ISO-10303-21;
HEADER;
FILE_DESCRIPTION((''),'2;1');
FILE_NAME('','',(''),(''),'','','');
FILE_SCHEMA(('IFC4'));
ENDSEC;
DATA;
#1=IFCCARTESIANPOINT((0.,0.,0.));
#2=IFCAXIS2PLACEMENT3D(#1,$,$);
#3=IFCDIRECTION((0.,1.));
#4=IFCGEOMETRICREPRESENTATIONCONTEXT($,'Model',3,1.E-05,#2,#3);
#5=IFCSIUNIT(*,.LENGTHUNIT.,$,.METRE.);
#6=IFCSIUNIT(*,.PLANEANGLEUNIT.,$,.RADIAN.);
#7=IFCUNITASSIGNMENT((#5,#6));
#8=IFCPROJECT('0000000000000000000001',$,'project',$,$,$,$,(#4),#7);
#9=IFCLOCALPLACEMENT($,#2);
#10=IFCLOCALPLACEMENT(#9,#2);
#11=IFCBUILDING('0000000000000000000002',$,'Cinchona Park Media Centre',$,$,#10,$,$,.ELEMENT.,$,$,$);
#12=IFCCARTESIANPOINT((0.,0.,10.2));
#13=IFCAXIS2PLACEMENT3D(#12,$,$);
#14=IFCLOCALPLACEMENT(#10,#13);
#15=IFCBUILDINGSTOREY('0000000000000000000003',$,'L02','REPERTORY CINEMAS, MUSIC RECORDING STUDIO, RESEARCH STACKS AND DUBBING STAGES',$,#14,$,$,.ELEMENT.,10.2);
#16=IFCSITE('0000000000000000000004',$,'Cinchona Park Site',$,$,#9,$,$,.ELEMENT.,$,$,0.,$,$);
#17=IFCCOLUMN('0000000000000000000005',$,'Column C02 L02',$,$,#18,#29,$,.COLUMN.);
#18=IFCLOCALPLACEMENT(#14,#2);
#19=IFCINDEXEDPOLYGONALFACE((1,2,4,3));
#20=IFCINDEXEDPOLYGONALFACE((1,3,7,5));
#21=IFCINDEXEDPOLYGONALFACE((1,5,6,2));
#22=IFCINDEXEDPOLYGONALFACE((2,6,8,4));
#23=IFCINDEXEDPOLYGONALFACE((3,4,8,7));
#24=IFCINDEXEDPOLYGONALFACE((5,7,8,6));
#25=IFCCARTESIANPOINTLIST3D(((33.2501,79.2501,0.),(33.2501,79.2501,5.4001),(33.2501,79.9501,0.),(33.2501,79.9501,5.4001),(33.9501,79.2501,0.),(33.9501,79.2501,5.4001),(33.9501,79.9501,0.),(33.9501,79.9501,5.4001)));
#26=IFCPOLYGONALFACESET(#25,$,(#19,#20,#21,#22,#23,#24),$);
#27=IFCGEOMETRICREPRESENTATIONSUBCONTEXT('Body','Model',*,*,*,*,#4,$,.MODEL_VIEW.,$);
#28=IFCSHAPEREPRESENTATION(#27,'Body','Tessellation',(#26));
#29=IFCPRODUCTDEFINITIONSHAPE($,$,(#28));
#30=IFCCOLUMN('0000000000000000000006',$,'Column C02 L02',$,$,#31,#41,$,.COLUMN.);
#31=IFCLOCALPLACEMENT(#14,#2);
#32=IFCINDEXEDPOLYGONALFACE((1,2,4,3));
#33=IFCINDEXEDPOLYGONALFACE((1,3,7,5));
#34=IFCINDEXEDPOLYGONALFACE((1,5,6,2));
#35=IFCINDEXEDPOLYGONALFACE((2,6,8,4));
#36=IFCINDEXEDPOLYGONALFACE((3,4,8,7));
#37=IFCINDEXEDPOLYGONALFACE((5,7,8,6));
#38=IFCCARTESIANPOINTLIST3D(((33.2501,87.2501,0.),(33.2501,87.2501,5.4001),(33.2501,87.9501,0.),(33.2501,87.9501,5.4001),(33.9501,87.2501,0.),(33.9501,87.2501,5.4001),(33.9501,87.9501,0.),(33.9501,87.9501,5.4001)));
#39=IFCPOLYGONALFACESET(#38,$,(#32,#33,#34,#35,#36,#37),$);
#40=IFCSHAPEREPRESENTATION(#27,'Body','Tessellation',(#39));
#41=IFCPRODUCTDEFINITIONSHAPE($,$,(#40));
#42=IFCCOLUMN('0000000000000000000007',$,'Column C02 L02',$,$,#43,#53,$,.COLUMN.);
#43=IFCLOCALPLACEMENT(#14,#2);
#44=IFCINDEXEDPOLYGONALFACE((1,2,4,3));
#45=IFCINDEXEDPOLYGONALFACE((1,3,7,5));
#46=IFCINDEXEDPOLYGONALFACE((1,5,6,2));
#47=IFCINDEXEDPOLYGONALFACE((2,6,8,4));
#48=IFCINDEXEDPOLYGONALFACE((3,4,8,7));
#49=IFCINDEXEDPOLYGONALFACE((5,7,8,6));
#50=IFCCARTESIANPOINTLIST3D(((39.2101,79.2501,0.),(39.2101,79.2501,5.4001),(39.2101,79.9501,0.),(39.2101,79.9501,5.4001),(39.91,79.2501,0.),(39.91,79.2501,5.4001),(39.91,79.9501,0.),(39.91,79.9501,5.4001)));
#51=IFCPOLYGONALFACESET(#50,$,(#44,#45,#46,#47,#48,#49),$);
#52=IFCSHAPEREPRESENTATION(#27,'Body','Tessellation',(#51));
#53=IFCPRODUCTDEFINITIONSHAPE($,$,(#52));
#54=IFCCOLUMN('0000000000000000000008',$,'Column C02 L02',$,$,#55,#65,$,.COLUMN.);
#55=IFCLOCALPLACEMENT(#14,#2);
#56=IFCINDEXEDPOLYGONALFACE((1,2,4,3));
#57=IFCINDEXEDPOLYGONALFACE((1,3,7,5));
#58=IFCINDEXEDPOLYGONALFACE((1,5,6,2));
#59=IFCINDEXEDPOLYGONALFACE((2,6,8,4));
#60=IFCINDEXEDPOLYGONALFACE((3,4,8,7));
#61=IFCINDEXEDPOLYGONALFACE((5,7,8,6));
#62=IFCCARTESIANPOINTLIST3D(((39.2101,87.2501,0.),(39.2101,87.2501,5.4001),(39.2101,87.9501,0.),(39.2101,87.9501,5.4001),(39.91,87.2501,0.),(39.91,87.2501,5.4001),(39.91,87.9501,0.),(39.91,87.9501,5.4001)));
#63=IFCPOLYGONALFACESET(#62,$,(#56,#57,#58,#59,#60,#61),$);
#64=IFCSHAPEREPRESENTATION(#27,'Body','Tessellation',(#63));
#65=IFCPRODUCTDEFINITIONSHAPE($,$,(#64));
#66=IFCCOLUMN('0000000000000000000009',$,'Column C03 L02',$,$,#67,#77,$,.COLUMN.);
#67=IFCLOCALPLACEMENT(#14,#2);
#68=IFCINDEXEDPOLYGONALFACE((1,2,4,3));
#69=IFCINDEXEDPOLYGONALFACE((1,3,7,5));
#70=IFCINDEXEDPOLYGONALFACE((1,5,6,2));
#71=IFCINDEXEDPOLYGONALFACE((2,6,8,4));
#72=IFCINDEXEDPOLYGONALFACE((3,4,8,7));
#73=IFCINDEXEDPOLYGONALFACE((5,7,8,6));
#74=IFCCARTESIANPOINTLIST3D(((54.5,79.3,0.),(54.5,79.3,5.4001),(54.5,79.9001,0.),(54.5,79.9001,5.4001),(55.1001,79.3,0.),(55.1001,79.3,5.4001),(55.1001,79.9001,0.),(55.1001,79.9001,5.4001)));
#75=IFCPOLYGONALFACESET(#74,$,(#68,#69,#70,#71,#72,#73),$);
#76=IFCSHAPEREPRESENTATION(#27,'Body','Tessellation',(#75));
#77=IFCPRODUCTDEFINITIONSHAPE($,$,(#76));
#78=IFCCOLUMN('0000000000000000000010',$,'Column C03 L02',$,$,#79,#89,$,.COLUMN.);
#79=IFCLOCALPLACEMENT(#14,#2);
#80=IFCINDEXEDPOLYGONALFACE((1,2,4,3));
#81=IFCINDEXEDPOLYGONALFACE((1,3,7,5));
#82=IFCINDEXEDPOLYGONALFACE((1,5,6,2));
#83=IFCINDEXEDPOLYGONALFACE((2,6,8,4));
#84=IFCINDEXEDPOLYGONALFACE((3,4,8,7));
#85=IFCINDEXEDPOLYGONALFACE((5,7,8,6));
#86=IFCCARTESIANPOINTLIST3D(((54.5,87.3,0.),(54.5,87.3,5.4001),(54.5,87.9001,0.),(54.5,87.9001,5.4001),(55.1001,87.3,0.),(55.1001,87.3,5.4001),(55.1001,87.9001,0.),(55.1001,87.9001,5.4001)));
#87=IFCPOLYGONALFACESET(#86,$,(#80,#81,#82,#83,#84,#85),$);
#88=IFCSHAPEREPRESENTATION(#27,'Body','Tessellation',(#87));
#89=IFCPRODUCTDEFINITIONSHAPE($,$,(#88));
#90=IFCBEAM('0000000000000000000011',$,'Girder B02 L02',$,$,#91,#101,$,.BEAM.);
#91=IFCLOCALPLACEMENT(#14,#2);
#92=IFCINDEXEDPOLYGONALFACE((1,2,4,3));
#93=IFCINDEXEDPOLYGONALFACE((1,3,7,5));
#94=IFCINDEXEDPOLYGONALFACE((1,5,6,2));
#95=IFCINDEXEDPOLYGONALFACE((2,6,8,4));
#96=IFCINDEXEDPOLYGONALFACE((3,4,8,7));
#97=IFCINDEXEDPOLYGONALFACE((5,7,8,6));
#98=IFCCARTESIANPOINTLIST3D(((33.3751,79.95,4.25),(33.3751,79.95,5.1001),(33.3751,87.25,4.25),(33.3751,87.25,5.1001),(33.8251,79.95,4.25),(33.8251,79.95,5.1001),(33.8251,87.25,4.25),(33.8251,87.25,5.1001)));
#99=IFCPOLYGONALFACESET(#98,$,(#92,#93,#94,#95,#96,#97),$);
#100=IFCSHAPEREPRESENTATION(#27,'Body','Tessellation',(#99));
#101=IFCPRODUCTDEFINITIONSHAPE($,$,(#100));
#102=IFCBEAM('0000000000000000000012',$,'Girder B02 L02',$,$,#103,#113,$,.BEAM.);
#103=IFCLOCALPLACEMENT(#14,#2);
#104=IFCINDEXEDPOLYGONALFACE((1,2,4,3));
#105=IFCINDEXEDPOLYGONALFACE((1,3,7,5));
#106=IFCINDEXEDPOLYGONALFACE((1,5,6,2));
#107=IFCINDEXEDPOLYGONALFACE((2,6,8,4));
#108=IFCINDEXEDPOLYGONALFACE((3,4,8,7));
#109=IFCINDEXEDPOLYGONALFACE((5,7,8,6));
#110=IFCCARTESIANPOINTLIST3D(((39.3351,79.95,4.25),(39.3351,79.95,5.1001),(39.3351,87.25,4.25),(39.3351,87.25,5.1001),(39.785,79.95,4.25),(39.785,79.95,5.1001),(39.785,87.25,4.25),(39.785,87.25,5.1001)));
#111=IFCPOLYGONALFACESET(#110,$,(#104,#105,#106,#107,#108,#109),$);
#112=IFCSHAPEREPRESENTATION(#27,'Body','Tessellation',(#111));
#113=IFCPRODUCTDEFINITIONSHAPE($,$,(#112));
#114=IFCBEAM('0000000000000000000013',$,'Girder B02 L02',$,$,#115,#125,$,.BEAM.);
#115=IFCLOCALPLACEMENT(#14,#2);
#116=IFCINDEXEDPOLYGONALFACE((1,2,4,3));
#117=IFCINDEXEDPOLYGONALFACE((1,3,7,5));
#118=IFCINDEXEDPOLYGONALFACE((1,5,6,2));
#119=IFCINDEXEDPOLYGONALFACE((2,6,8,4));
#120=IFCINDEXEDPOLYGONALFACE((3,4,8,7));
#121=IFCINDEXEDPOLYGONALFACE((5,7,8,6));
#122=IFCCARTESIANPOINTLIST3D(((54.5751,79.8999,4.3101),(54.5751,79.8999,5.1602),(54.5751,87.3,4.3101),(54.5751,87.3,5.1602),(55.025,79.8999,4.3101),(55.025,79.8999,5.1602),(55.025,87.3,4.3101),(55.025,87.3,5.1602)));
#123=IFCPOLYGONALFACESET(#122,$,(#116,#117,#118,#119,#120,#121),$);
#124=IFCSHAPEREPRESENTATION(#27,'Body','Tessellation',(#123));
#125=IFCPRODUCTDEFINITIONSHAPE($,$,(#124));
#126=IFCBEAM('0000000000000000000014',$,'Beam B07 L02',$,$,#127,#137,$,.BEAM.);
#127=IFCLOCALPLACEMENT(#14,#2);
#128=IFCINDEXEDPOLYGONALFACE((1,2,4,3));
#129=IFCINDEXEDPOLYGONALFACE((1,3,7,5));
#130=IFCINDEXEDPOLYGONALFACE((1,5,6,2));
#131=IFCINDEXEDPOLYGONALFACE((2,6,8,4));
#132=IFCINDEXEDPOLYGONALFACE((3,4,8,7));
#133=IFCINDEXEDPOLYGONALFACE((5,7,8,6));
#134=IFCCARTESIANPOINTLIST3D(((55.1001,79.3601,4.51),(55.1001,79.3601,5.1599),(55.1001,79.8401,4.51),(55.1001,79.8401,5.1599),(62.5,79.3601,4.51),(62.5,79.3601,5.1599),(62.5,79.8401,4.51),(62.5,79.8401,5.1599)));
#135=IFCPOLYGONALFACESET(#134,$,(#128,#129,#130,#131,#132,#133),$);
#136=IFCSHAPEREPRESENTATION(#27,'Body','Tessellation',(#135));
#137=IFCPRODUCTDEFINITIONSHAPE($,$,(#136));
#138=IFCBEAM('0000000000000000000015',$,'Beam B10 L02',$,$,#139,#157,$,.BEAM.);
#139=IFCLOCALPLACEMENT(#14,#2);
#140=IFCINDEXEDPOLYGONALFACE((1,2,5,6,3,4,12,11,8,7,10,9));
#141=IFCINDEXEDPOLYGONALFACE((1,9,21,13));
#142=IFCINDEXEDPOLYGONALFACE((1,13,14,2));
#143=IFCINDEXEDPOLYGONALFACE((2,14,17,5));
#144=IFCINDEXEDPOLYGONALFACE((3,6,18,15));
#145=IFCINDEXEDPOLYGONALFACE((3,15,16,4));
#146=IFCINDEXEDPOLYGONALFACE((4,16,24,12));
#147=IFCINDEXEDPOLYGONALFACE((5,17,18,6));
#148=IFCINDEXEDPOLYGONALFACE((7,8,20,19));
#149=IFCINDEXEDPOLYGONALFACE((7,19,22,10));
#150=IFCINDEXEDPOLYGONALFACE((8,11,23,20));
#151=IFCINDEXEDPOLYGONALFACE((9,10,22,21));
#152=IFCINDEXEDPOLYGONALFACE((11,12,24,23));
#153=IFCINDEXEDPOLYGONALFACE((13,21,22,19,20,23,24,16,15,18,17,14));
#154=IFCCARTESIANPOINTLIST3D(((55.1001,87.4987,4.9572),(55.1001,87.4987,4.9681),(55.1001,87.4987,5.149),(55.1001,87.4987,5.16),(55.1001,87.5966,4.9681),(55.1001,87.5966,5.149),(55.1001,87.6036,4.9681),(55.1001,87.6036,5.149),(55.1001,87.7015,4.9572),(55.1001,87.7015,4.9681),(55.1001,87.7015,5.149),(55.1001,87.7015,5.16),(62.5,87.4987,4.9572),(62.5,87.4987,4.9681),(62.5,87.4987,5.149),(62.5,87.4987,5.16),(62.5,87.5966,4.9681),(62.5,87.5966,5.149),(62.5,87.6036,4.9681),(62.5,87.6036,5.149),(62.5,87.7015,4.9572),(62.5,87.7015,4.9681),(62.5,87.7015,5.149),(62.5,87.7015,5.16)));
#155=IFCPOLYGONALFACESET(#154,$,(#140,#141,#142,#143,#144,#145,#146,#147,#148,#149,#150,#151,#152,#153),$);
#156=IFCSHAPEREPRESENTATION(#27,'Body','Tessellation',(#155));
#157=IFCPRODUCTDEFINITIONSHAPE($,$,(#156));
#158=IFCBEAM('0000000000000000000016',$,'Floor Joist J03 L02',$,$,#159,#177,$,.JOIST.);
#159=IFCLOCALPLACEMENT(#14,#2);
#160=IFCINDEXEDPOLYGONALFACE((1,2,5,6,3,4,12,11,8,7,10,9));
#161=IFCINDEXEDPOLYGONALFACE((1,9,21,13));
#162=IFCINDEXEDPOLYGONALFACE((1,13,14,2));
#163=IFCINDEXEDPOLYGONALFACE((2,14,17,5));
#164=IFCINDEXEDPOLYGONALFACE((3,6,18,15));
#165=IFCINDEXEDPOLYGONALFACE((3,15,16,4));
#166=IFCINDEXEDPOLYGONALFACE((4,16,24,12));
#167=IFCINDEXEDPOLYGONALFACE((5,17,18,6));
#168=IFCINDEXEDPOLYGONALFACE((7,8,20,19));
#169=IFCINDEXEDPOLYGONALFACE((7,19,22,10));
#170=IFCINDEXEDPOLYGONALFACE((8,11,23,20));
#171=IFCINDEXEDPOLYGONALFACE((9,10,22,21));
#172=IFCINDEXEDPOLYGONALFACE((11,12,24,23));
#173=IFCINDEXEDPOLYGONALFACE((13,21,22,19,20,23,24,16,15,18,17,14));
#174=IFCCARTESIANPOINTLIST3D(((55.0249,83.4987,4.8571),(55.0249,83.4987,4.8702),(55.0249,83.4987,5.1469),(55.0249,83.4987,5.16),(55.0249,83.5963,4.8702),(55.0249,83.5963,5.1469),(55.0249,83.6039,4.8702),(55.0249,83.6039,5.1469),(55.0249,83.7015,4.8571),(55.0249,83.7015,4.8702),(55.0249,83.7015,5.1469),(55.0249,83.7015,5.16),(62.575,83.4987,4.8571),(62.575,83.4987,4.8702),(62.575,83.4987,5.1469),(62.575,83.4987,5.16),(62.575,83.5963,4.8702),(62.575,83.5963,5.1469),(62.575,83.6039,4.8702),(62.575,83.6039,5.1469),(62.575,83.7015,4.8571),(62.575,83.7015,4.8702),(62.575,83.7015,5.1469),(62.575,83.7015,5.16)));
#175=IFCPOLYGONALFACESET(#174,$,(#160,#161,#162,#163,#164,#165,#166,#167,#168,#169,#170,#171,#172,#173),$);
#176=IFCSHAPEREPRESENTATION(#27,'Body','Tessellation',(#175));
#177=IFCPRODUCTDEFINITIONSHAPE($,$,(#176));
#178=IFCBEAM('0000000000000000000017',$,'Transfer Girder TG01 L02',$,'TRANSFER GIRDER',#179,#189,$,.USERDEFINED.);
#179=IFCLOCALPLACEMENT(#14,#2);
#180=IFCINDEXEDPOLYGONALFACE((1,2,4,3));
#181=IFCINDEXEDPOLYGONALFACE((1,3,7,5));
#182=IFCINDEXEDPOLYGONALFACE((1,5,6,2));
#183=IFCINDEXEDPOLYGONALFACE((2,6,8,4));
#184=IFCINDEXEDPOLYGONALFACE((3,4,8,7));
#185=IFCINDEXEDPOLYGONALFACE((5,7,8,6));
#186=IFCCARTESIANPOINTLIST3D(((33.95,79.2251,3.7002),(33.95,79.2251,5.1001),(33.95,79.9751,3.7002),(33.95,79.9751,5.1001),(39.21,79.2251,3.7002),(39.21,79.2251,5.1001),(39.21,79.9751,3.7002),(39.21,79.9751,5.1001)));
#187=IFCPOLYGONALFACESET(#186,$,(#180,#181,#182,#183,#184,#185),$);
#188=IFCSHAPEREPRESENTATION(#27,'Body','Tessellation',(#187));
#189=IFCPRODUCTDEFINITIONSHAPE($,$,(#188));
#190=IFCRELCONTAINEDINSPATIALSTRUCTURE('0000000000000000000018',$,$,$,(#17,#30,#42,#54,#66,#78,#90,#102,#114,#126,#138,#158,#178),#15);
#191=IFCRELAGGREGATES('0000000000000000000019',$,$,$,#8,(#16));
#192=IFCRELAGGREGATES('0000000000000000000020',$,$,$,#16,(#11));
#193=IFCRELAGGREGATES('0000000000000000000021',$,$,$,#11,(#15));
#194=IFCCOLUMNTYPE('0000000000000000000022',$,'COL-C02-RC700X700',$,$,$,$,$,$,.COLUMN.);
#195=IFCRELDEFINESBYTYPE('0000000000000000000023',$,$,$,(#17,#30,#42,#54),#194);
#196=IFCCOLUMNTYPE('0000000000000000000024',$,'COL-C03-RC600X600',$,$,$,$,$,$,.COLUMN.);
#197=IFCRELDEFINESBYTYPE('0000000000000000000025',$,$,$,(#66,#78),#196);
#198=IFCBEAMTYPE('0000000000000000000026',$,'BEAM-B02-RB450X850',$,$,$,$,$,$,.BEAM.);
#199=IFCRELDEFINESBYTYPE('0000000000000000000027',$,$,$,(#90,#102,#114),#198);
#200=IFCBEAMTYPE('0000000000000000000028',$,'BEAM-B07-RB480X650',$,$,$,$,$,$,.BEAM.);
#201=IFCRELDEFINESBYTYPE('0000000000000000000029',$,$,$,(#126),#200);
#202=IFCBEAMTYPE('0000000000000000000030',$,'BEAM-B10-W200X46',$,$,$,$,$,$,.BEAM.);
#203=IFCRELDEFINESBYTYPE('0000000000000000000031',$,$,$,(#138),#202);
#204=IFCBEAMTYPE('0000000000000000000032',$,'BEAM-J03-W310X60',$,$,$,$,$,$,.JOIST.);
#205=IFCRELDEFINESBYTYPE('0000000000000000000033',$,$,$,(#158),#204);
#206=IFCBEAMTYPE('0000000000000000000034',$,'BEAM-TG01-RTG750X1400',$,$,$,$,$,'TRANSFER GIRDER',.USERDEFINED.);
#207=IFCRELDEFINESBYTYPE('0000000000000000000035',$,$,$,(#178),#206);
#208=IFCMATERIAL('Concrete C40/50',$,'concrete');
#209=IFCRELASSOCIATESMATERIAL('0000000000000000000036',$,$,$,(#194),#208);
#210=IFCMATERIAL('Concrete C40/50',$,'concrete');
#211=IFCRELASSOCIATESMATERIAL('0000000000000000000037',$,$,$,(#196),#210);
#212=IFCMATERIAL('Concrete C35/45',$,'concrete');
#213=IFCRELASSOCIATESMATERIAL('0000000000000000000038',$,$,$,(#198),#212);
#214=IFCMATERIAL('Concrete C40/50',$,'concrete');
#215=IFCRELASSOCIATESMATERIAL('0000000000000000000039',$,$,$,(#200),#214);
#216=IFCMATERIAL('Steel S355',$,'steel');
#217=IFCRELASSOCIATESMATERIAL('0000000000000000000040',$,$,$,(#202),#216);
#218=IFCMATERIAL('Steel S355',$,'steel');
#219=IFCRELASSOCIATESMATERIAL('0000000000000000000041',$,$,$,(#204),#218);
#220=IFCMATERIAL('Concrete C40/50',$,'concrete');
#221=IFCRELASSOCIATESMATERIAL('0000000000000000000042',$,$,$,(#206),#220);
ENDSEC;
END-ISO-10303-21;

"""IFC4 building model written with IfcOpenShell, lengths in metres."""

from ifc_helpers import new_model, si_unit, direction, frame, origin, origin_2d, place, context, subcontext, project, spatial, rectangle, i_section, extrude, material, material_profile, profile_set, type_object, element, save


model = new_model("IFC4")

# Units and contexts
model_context = context("Model", 3, precision=1e-05, world=origin(), true_north=direction((0.0, 1.0)))
body_context = subcontext(model_context, "Body", "Model", "MODEL_VIEW")
ifc_project = project(units=[si_unit("LENGTHUNIT", "METRE"), si_unit("PLANEANGLEUNIT", "RADIAN")], contexts=[model_context])

# Site, building, storey
site_placement = place(None, origin())
site = spatial("IfcSite", under=ifc_project, at=site_placement, Name="Cinchona Park Site", CompositionType="ELEMENT", RefElevation=0.0)
building_placement = place(site_placement, origin())
building = spatial("IfcBuilding", under=site, at=building_placement, Name="Cinchona Park Media Centre", CompositionType="ELEMENT")
storey_placement = place(building_placement, frame((0.0, 0.0, 10.2)))
storey = spatial("IfcBuildingStorey", under=building, at=storey_placement, Name="L02", Description="REPERTORY CINEMAS, MUSIC RECORDING STUDIO, RESEARCH STACKS AND DUBBING STAGES", CompositionType="ELEMENT", Elevation=10.2)

# Columns
ifc_material_1 = material(Name="Concrete C40/50", Category="concrete")
ifc_material_profile_1 = material_profile(ifc_material_1, rectangle(XDim=0.7, YDim=0.7, at=origin_2d()), Name="RC 700X700")
ifc_profile_set_1 = profile_set([ifc_material_profile_1], Name="Concrete C40/50")
column_type_1 = type_object("IfcColumnType", Name="COL-C02-RC700X700", PredefinedType="COLUMN", material=ifc_profile_set_1)
for number, where, z_axis, x_axis, name in (
    (1, (33.6001, 79.6001, 0.0), (0.0, 0.0, 1.0), (1.0, 0.0, 0.0), "Column C02 L02"),
    (2, (33.6001, 87.6001, 0.0), (0.0, 0.0, 1.0), (1.0, 0.0, 0.0), "Column C02 L02"),
    (3, (39.5601, 79.6001, 0.0), (0.0, 0.0, 1.0), (1.0, 0.0, 0.0), "Column C02 L02"),
    (4, (39.5601, 87.6001, 0.0), (0.0, 0.0, 1.0), (1.0, 0.0, 0.0), "Column C02 L02"),
):
    element("IfcColumn", number, at=place(storey_placement, frame(where, z_axis=z_axis, x_axis=x_axis)), inside=storey, type_object=column_type_1, Name=name, PredefinedType="COLUMN", context=body_context, shape_type="SweptSolid", body=[
        extrude(rectangle(XDim=0.7, YDim=0.7, at=origin_2d()), origin(), (0.0, 0.0, 1.0), 5.4001),
    ])
ifc_material_2 = material(Name="Concrete C40/50", Category="concrete")
ifc_material_profile_2 = material_profile(ifc_material_2, rectangle(XDim=0.6001, YDim=0.6001, at=origin_2d()), Name="RC 600X600")
ifc_profile_set_2 = profile_set([ifc_material_profile_2], Name="Concrete C40/50")
column_type_2 = type_object("IfcColumnType", Name="COL-C03-RC600X600", PredefinedType="COLUMN", material=ifc_profile_set_2)
for number, where, z_axis, x_axis, name in (
    (5, (54.8, 79.6001, 0.0), (0.0, 0.0, 1.0), (1.0, 0.0, 0.0), "Column C03 L02"),
    (6, (54.8, 87.6001, 0.0), (0.0, 0.0, 1.0), (1.0, 0.0, 0.0), "Column C03 L02"),
):
    element("IfcColumn", number, at=place(storey_placement, frame(where, z_axis=z_axis, x_axis=x_axis)), inside=storey, type_object=column_type_2, Name=name, PredefinedType="COLUMN", context=body_context, shape_type="SweptSolid", body=[
        extrude(rectangle(XDim=0.6001, YDim=0.6001, at=origin_2d()), origin(), (0.0, 0.0, 1.0), 5.4001),
    ])

# Beams
ifc_material_3 = material(Name="Concrete C35/45", Category="concrete")
ifc_material_profile_3 = material_profile(ifc_material_3, rectangle(XDim=0.45, YDim=0.8501, at=origin_2d()), Name="RB 450X850")
ifc_profile_set_3 = profile_set([ifc_material_profile_3], Name="Concrete C35/45")
beam_type_1 = type_object("IfcBeamType", Name="BEAM-B02-RB450X850", PredefinedType="BEAM", material=ifc_profile_set_3)
for number, where, z_axis, x_axis, name in (
    (7, (33.6001, 79.95, 4.675), (0.0, 1.0, 0.0), (-1.0, 0.0, 0.0), "Girder B02 L02"),
    (8, (39.5601, 79.95, 4.675), (0.0, 1.0, 0.0), (-1.0, 0.0, 0.0), "Girder B02 L02"),
):
    element("IfcBeam", number, at=place(storey_placement, frame(where, z_axis=z_axis, x_axis=x_axis)), inside=storey, type_object=beam_type_1, Name=name, PredefinedType="BEAM", context=body_context, shape_type="SweptSolid", body=[
        extrude(rectangle(XDim=0.45, YDim=0.8501, at=origin_2d()), origin(), (0.0, 0.0, 1.0), 7.3),
    ])
beam_1_placement = place(storey_placement, frame((54.8, 79.8999, 4.7351), z_axis=(0.0, 1.0, 0.0), x_axis=(-1.0, 0.0, 0.0)))
element("IfcBeam", 9, at=beam_1_placement, inside=storey, type_object=beam_type_1, Name="Girder B02 L02", PredefinedType="BEAM", context=body_context, shape_type="SweptSolid", body=[
    extrude(rectangle(XDim=0.45, YDim=0.8501, at=origin_2d()), origin(), (0.0, 0.0, 1.0), 7.4001),
])
ifc_material_4 = material(Name="Concrete C40/50", Category="concrete")
ifc_material_profile_4 = material_profile(ifc_material_4, rectangle(XDim=0.48, YDim=0.6499, at=origin_2d()), Name="RB 480X650")
ifc_profile_set_4 = profile_set([ifc_material_profile_4], Name="Concrete C40/50")
beam_type_2 = type_object("IfcBeamType", Name="BEAM-B07-RB480X650", PredefinedType="BEAM", material=ifc_profile_set_4)
beam_2_placement = place(storey_placement, frame((55.1001, 79.6001, 4.835), z_axis=(1.0, 0.0, 0.0), x_axis=(0.0, 1.0, 0.0)))
element("IfcBeam", 10, at=beam_2_placement, inside=storey, type_object=beam_type_2, Name="Beam B07 L02", PredefinedType="BEAM", context=body_context, shape_type="SweptSolid", body=[
    extrude(rectangle(XDim=0.48, YDim=0.6499, at=origin_2d()), origin(), (0.0, 0.0, 1.0), 7.3999),
])
ifc_material_5 = material(Name="Steel S355", Category="steel")
ifc_material_profile_5 = material_profile(ifc_material_5, i_section(OverallWidth=0.2029, OverallDepth=0.2029, WebThickness=0.0071, FlangeThickness=0.011, at=origin_2d()), Name="W200X46")
ifc_profile_set_5 = profile_set([ifc_material_profile_5], Name="Steel S355")
beam_type_3 = type_object("IfcBeamType", Name="BEAM-B10-W200X46", PredefinedType="BEAM", material=ifc_profile_set_5)
beam_3_placement = place(storey_placement, frame((55.1001, 87.6001, 5.0586), z_axis=(1.0, 0.0, 0.0), x_axis=(0.0, 1.0, 0.0)))
element("IfcBeam", 11, at=beam_3_placement, inside=storey, type_object=beam_type_3, Name="Beam B10 L02", PredefinedType="BEAM", context=body_context, shape_type="SweptSolid", body=[
    extrude(i_section(OverallWidth=0.2029, OverallDepth=0.2029, WebThickness=0.0071, FlangeThickness=0.011, at=origin_2d()), origin(), (0.0, 0.0, 1.0), 7.3999),
])
ifc_material_6 = material(Name="Steel S355", Category="steel")
ifc_material_profile_6 = material_profile(ifc_material_6, i_section(OverallWidth=0.2029, OverallDepth=0.303, WebThickness=0.0076, FlangeThickness=0.0132, at=origin_2d()), Name="W310X60")
ifc_profile_set_6 = profile_set([ifc_material_profile_6], Name="Steel S355")
beam_type_4 = type_object("IfcBeamType", Name="BEAM-J03-W310X60", PredefinedType="JOIST", material=ifc_profile_set_6)
beam_4_placement = place(storey_placement, frame((55.0249, 83.6001, 5.0085), z_axis=(1.0, 0.0, 0.0), x_axis=(0.0, 1.0, 0.0)))
element("IfcBeam", 12, at=beam_4_placement, inside=storey, type_object=beam_type_4, Name="Floor Joist J03 L02", PredefinedType="JOIST", context=body_context, shape_type="SweptSolid", body=[
    extrude(i_section(OverallWidth=0.2029, OverallDepth=0.303, WebThickness=0.0076, FlangeThickness=0.0132, at=origin_2d()), origin(), (0.0, 0.0, 1.0), 7.55),
])
ifc_material_7 = material(Name="Concrete C40/50", Category="concrete")
ifc_material_profile_7 = material_profile(ifc_material_7, rectangle(XDim=0.75, YDim=1.3999, at=origin_2d()), Name="RTG 750X1400")
ifc_profile_set_7 = profile_set([ifc_material_profile_7], Name="Concrete C40/50")
beam_type_5 = type_object("IfcBeamType", Name="BEAM-TG01-RTG750X1400", ElementType="TRANSFER GIRDER", PredefinedType="USERDEFINED", material=ifc_profile_set_7)
for number, where, z_axis, x_axis, name in (
    (13, (33.95, 79.6001, 4.4001), (1.0, 0.0, 0.0), (0.0, 1.0, 0.0), "Transfer Girder TG01 L02"),
):
    element("IfcBeam", number, at=place(storey_placement, frame(where, z_axis=z_axis, x_axis=x_axis)), inside=storey, type_object=beam_type_5, Name=name, ObjectType="TRANSFER GIRDER", PredefinedType="USERDEFINED", context=body_context, shape_type="SweptSolid", body=[
        extrude(rectangle(XDim=0.75, YDim=1.3999, at=origin_2d()), origin(), (0.0, 0.0, 1.0), 5.26),
    ])

save(model, "model.ifc")
